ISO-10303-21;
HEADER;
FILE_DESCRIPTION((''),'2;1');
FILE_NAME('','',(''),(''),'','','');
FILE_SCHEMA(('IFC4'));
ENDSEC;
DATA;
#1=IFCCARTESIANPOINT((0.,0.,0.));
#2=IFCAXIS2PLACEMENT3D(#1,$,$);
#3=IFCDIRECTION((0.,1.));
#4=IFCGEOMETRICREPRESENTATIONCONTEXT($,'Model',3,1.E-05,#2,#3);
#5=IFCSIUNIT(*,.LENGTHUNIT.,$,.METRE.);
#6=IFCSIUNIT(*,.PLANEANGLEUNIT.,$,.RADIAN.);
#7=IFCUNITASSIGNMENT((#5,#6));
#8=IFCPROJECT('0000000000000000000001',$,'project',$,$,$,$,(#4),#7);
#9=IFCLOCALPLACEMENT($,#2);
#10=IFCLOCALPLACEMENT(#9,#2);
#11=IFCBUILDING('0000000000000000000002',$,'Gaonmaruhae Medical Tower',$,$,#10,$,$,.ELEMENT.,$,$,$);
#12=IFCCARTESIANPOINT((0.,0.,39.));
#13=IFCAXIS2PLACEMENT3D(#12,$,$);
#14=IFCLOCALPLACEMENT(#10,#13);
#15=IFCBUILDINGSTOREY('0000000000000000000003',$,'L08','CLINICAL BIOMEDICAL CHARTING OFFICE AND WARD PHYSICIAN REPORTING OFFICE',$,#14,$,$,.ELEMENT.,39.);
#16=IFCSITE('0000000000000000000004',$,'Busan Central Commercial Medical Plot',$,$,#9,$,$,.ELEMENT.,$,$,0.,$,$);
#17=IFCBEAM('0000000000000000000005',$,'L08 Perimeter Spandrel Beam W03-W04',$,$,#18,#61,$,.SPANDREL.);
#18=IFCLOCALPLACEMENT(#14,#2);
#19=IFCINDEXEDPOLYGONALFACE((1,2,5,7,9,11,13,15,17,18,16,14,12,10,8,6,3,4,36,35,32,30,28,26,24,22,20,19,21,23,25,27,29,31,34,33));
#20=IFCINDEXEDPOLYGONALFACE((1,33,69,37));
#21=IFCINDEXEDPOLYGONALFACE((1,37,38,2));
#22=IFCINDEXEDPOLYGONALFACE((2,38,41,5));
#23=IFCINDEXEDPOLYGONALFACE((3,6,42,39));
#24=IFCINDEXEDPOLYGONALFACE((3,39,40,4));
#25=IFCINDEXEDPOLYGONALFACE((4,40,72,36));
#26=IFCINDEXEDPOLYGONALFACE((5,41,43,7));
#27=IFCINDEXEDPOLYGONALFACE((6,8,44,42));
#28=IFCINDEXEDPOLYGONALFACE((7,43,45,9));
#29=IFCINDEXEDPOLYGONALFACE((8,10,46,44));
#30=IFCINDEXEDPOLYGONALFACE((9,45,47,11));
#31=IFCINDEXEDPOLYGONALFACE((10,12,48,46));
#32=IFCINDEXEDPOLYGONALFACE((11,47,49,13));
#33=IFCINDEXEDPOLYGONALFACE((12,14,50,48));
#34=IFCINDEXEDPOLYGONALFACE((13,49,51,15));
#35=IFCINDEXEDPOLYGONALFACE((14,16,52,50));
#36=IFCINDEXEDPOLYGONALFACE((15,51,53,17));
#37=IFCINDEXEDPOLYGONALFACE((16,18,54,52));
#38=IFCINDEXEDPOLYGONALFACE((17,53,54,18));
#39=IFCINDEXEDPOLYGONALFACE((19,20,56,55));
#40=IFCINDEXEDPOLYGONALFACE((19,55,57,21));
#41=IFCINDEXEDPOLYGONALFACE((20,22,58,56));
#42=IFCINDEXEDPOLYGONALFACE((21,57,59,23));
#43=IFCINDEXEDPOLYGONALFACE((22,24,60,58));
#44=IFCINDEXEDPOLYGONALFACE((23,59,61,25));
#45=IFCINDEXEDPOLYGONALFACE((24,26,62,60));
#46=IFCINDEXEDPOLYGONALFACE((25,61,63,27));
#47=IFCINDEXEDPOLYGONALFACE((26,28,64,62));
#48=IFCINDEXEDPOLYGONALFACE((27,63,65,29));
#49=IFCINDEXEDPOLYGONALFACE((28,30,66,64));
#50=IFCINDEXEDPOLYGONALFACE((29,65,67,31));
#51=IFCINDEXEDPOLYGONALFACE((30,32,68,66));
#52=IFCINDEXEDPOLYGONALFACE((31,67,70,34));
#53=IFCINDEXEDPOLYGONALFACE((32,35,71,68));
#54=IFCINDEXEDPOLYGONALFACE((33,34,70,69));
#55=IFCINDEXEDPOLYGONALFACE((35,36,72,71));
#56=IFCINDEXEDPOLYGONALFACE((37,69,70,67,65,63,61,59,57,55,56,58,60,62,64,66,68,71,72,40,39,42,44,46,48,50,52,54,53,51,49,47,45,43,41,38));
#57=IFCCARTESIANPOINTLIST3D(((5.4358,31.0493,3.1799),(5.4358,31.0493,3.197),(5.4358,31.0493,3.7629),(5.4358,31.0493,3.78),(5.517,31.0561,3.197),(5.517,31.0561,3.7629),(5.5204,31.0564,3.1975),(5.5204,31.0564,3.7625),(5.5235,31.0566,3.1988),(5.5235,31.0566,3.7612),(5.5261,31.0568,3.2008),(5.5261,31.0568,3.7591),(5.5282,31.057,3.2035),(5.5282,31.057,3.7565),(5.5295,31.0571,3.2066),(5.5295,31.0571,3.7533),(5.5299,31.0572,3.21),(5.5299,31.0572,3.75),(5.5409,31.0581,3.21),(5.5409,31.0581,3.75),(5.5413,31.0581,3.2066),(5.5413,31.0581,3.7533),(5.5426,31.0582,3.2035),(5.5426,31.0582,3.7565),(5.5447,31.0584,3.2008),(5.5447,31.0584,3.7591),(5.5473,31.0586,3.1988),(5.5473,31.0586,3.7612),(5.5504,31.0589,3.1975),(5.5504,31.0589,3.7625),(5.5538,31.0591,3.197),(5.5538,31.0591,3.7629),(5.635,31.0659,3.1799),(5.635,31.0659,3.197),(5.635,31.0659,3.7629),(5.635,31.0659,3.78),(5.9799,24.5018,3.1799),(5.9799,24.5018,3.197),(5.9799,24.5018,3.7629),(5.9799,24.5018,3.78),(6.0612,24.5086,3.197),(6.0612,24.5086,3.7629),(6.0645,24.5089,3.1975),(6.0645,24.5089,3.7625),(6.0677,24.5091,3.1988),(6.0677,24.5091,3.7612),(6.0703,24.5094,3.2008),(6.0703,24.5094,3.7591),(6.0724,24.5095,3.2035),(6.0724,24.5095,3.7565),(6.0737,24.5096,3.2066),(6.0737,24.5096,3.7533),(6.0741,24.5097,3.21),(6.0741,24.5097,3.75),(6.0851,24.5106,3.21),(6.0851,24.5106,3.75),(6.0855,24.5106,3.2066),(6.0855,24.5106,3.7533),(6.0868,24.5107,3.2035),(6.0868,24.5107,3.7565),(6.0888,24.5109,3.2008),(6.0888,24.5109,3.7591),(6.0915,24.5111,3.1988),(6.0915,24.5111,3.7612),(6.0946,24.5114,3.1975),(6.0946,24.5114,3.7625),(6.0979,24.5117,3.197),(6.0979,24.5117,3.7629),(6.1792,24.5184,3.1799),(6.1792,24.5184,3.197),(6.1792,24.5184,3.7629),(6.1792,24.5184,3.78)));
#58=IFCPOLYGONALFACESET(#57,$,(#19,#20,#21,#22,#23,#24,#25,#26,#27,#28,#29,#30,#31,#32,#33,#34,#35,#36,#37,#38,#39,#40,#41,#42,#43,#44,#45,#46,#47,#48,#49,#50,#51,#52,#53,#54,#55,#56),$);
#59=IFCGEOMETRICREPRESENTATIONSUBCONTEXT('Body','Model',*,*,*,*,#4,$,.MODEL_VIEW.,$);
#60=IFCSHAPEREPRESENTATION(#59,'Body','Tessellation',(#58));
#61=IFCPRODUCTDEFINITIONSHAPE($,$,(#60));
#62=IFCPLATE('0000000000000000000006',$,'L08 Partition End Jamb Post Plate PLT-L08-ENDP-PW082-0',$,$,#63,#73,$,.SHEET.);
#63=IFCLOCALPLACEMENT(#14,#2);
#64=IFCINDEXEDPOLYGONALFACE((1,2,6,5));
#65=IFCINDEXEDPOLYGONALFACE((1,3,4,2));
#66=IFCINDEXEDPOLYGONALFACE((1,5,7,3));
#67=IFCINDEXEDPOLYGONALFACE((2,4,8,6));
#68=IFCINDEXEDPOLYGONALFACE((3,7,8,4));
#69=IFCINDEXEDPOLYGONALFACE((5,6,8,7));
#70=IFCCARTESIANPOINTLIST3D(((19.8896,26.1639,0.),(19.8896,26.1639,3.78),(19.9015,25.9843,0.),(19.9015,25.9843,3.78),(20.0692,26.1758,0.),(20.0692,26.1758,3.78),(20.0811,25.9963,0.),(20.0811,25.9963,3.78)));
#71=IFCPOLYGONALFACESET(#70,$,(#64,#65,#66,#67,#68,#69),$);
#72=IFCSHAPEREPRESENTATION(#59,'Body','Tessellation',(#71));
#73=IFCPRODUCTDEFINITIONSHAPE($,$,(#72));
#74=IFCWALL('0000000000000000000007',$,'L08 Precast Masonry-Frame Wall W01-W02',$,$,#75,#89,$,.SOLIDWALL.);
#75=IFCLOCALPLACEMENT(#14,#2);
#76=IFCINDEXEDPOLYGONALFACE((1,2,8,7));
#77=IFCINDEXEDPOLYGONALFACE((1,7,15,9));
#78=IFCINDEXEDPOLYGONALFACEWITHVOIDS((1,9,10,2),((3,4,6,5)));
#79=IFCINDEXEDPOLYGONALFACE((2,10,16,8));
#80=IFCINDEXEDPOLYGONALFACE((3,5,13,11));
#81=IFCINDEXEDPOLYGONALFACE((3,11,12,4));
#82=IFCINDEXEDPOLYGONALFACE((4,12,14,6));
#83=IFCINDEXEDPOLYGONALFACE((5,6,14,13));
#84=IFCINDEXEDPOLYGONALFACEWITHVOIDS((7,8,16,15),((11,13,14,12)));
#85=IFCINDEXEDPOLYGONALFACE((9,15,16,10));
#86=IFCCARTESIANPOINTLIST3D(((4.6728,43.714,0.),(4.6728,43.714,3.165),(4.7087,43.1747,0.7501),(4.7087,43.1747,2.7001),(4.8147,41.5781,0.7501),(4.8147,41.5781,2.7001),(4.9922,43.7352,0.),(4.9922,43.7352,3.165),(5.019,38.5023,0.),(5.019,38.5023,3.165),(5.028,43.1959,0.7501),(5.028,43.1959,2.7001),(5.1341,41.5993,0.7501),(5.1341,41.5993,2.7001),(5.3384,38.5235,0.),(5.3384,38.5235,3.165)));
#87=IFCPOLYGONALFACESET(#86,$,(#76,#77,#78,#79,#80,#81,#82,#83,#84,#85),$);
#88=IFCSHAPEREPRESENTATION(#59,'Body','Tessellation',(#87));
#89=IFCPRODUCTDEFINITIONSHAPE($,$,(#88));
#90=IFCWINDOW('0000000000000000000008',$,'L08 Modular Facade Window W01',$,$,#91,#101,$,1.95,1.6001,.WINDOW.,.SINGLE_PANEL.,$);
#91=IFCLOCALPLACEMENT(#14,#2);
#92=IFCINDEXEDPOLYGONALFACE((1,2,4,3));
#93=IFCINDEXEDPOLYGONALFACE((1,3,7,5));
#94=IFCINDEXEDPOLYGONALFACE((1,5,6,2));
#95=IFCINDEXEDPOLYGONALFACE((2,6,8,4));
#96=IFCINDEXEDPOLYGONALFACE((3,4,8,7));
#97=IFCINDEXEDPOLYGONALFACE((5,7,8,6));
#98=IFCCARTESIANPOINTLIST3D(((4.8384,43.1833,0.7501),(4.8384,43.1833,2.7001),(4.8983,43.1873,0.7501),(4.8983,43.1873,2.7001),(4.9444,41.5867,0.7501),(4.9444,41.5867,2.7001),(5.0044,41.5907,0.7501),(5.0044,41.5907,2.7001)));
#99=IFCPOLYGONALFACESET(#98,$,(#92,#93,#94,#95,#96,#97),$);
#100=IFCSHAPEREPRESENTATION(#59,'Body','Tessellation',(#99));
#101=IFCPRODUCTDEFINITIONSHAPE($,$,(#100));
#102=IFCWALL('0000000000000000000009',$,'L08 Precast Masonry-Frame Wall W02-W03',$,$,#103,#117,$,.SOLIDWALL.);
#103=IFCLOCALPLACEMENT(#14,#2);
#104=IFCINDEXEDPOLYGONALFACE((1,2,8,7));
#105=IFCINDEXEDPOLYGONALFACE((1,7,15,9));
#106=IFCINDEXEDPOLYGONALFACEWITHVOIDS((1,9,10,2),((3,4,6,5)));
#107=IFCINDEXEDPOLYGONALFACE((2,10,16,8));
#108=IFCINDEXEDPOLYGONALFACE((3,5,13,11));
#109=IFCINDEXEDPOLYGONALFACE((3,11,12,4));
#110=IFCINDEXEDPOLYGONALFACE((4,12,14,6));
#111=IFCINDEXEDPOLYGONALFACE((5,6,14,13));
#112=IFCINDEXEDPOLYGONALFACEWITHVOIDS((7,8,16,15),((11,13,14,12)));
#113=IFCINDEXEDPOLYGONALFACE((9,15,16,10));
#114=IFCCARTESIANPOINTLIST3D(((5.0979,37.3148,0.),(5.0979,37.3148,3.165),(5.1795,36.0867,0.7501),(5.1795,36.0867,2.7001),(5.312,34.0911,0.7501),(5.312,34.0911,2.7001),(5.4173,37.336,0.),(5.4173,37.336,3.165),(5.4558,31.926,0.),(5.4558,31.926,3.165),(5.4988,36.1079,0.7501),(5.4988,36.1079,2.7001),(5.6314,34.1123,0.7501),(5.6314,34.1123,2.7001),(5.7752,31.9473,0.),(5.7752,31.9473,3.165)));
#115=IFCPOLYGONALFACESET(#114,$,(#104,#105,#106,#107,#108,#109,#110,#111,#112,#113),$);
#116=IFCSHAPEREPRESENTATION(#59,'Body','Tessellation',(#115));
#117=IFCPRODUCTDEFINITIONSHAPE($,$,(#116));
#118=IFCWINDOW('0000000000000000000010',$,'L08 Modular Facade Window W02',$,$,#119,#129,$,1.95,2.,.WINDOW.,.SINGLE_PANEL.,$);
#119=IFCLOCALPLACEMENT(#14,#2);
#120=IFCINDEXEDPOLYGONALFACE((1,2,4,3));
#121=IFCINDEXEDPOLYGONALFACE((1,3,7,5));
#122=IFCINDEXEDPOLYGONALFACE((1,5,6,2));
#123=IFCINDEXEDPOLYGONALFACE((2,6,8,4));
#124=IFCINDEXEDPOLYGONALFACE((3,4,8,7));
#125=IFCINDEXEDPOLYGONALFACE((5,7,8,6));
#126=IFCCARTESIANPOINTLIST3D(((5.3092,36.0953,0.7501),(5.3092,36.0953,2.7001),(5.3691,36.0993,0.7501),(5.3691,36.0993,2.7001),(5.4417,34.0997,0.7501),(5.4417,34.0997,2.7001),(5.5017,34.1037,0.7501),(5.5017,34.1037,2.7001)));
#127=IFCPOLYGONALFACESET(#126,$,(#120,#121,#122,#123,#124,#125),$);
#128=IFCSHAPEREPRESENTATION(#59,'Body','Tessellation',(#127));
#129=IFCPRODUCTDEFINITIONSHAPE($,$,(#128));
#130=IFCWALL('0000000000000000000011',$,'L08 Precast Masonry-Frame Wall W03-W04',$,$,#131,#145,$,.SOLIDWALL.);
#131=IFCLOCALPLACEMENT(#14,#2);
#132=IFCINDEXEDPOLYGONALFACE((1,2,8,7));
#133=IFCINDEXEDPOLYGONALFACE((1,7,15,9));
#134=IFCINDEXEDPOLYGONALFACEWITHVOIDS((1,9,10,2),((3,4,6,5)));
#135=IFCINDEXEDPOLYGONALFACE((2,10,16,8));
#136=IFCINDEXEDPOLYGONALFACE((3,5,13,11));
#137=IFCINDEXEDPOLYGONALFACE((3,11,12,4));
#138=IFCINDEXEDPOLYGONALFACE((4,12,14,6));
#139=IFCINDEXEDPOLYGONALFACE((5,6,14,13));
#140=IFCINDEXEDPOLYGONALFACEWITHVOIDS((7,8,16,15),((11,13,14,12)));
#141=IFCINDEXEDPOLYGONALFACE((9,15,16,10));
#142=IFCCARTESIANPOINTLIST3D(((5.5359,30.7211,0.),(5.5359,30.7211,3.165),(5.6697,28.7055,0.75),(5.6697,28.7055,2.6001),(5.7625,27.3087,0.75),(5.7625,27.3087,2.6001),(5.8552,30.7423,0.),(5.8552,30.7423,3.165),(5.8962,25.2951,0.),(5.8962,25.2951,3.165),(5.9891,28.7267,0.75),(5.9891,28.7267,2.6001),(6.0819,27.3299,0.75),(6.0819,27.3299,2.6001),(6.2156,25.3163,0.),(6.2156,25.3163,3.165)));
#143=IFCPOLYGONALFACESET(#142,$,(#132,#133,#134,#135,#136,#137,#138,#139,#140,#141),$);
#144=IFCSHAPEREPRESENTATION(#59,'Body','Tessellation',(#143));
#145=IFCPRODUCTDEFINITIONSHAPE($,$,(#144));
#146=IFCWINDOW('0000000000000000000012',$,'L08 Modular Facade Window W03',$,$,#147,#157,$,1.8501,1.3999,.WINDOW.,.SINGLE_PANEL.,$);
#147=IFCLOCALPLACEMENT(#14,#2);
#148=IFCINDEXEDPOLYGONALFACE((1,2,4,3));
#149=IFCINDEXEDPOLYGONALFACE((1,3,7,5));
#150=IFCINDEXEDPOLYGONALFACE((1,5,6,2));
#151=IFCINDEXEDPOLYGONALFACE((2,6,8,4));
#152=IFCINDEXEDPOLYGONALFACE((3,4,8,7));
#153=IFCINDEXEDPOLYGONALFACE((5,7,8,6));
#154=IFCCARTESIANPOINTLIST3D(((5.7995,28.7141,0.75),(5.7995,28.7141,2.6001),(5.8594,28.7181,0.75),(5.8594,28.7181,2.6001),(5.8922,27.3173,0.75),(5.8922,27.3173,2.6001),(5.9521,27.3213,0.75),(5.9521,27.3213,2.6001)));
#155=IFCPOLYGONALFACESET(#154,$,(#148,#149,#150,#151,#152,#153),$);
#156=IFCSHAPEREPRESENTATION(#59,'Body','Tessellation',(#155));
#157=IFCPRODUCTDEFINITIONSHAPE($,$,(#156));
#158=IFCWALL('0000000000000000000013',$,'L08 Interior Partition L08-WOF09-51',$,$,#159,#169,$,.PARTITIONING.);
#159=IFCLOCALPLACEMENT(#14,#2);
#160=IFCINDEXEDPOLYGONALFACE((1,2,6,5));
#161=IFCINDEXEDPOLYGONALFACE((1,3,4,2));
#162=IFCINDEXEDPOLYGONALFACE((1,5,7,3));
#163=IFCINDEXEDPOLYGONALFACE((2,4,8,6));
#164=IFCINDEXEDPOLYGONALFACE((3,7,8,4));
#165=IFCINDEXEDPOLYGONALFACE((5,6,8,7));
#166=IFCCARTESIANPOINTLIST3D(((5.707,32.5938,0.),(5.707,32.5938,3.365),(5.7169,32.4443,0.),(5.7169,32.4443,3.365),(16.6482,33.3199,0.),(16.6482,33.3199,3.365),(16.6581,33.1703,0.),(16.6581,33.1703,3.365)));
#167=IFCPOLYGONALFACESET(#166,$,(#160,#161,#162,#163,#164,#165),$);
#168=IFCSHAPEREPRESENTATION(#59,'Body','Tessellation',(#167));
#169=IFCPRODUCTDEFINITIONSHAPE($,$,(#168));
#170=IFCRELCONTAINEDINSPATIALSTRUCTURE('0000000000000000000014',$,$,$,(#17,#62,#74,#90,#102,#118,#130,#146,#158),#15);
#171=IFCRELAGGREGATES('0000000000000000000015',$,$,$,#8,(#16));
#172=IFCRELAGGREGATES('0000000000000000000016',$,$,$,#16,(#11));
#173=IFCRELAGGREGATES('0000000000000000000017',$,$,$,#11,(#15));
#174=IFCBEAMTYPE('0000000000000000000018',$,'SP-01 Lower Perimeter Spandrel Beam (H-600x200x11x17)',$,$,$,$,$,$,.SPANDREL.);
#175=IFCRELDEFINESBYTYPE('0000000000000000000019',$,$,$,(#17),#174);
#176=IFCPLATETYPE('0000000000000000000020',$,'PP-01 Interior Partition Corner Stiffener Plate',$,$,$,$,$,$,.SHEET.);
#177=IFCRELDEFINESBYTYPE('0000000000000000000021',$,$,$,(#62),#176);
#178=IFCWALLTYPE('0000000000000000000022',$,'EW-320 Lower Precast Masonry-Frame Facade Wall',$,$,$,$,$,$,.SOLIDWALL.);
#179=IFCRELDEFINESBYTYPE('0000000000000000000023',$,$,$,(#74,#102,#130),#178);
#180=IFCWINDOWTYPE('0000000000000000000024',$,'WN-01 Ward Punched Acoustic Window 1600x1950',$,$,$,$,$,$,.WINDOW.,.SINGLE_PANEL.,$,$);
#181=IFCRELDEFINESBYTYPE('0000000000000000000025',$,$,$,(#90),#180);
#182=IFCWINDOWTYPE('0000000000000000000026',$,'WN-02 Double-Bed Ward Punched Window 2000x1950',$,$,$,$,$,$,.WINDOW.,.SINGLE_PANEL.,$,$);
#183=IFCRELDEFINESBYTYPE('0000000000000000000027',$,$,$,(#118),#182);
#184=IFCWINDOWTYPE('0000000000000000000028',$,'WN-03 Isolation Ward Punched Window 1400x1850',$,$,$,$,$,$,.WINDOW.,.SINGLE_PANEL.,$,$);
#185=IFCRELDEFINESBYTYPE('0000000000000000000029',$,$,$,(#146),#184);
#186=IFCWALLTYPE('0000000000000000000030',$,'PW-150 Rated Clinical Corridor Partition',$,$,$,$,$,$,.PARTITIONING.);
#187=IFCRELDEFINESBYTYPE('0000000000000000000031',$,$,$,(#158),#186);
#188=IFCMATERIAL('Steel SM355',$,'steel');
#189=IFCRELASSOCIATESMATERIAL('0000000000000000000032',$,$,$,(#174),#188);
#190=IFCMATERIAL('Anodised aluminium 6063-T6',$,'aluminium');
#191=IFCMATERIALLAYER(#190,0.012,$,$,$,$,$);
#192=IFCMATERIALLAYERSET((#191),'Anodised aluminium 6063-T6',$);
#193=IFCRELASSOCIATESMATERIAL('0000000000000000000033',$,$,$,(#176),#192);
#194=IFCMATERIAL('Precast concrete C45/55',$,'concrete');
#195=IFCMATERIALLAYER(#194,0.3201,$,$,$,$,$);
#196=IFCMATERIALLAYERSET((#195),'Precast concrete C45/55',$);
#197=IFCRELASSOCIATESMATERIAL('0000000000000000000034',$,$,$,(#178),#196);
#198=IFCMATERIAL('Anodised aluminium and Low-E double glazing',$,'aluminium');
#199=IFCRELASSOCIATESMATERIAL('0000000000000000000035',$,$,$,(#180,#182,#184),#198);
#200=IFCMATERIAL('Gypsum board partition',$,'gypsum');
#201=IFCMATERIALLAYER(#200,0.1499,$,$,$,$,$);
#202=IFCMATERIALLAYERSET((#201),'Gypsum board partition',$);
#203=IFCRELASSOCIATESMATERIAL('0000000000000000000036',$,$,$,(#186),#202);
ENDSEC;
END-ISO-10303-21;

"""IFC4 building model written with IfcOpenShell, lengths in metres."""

from ifc_helpers import new_model, si_unit, direction, frame, frame_2d, origin, origin_2d, place, context, subcontext, project, spatial, rectangle, i_section, extrude, material, layer, layer_set, material_profile, profile_set, type_object, element, fill, save


model = new_model("IFC4")

# Units and contexts
model_context = context("Model", 3, precision=1e-05, world=origin(), true_north=direction((0.0, 1.0)))
body_context = subcontext(model_context, "Body", "Model", "MODEL_VIEW")
ifc_project = project(units=[si_unit("LENGTHUNIT", "METRE"), si_unit("PLANEANGLEUNIT", "RADIAN")], contexts=[model_context])

# Site, building, storey
site_placement = place(None, origin())
site = spatial("IfcSite", under=ifc_project, at=site_placement, Name="Busan Central Commercial Medical Plot", CompositionType="ELEMENT", RefElevation=0.0)
building_placement = place(site_placement, origin())
building = spatial("IfcBuilding", under=site, at=building_placement, Name="Gaonmaruhae Medical Tower", CompositionType="ELEMENT")
storey_placement = place(building_placement, frame((0.0, 0.0, 39.0)))
storey = spatial("IfcBuildingStorey", under=building, at=storey_placement, Name="L08", Description="CLINICAL BIOMEDICAL CHARTING OFFICE AND WARD PHYSICIAN REPORTING OFFICE", CompositionType="ELEMENT", Elevation=39.0)

# Beam
ifc_material_1 = material(Name="Steel SM355", Category="steel")
ifc_material_profile_1 = material_profile(ifc_material_1, i_section(OverallWidth=0.2, OverallDepth=0.6001, WebThickness=0.011, FlangeThickness=0.0171, FilletRadius=0.0129, at=origin_2d()), Name="H-600x200x11x17")
ifc_profile_set_1 = profile_set([ifc_material_profile_1], Name="Steel SM355")
beam_type_1 = type_object("IfcBeamType", Name="SP-01 Lower Perimeter Spandrel Beam (H-600x200x11x17)", PredefinedType="SPANDREL", material=ifc_profile_set_1)
beam_1_placement = place(storey_placement, frame((5.5354, 31.0576, 3.48), z_axis=(0.082827, -0.996564, 0.0), x_axis=(0.996564, 0.082827, 0.0)))
element("IfcBeam", 1, at=beam_1_placement, inside=storey, type_object=beam_type_1, Name="L08 Perimeter Spandrel Beam W03-W04", PredefinedType="SPANDREL", context=body_context, shape_type="SweptSolid", body=[
    extrude(i_section(OverallWidth=0.2, OverallDepth=0.6001, WebThickness=0.011, FlangeThickness=0.0171, FilletRadius=0.0129, at=origin_2d()), origin(), (0.0, 0.0, 1.0), 6.5701),
])

# Plate
ifc_material_2 = material(Name="Anodised aluminium 6063-T6", Category="aluminium")
ifc_layer_1 = layer(ifc_material_2, 0.012)
ifc_layer_set_1 = layer_set([ifc_layer_1], Name="Anodised aluminium 6063-T6")
plate_type = type_object("IfcPlateType", Name="PP-01 Interior Partition Corner Stiffener Plate", PredefinedType="SHEET", material=ifc_layer_set_1)
plate_placement = place(storey_placement, frame((19.9854, 26.0801, 0.0), z_axis=(0.0, 0.0, 1.0), x_axis=(-0.066256, 0.997803, 0.0)))
element("IfcPlate", 2, at=plate_placement, inside=storey, type_object=plate_type, Name="L08 Partition End Jamb Post Plate PLT-L08-ENDP-PW082-0", PredefinedType="SHEET", context=body_context, shape_type="SweptSolid", body=[
    extrude(rectangle(XDim=0.1799, YDim=0.1799, at=origin_2d()), origin(), (0.0, 0.0, 1.0), 3.78),
])

# Walls, openings, windows
ifc_material_3 = material(Name="Precast concrete C45/55", Category="concrete")
ifc_layer_2 = layer(ifc_material_3, 0.3201)
ifc_layer_set_2 = layer_set([ifc_layer_2], Name="Precast concrete C45/55")
wall_type_1 = type_object("IfcWallType", Name="EW-320 Lower Precast Masonry-Frame Facade Wall", PredefinedType="SOLIDWALL", material=ifc_layer_set_2)
wall_1_placement = place(storey_placement, frame((5.1787, 38.5129, 0.0), z_axis=(0.0, 0.0, 1.0), x_axis=(-0.06628, 0.997801, 0.0)))
wall_1 = element("IfcWall", 3, at=wall_1_placement, inside=storey, type_object=wall_type_1, Name="L08 Precast Masonry-Frame Wall W01-W02", PredefinedType="SOLIDWALL", context=body_context, shape_type="SweptSolid", body=[
    extrude(rectangle(XDim=5.2231, YDim=0.3201, at=frame_2d((2.6116, 0.0))), origin(), (0.0, 0.0, 1.0), 3.165),
])
opening_1_placement = place(wall_1_placement, frame((3.0825, 0.0, 0.75)))
opening_1 = element("IfcOpeningElement", 4, at=opening_1_placement, cuts=wall_1, PredefinedType="OPENING", context=body_context, shape_type="SweptSolid", body=[
    extrude(rectangle(XDim=1.6001, YDim=1.95, at=frame_2d((0.8, 0.9751))), frame((0.0, 0.1699, 0.0), z_axis=(0.0, -1.0, 0.0), x_axis=(1.0, 0.0, 0.0)), (0.0, 0.0, 1.0), 0.3401),
])
ifc_material_4 = material(Name="Anodised aluminium and Low-E double glazing", Category="aluminium")
window_type_1 = type_object("IfcWindowType", Name="WN-01 Ward Punched Acoustic Window 1600x1950", PartitioningType="SINGLE_PANEL", PredefinedType="WINDOW", material=ifc_material_4)
window_1_placement = place(opening_1_placement, origin())
window_1 = element("IfcWindow", 5, at=window_1_placement, inside=storey, type_object=window_type_1, Name="L08 Modular Facade Window W01", OverallHeight=1.95, OverallWidth=1.6001, PartitioningType="SINGLE_PANEL", PredefinedType="WINDOW", context=body_context, shape_type="SweptSolid", body=[
    extrude(rectangle(XDim=1.6001, YDim=1.95, at=frame_2d((0.8, 0.9751))), frame((0.0, 0.03, 0.0), z_axis=(0.0, -1.0, 0.0), x_axis=(1.0, 0.0, 0.0)), (0.0, 0.0, 1.0), 0.0601),
])
fill(opening_1, window_1)
wall_2_placement = place(storey_placement, frame((5.6155, 31.9368, 0.0), z_axis=(0.0, 0.0, 1.0), x_axis=(-0.066273, 0.997802, 0.0)))
wall_2 = element("IfcWall", 6, at=wall_2_placement, inside=storey, type_object=wall_type_1, Name="L08 Precast Masonry-Frame Wall W02-W03", PredefinedType="SOLIDWALL", context=body_context, shape_type="SweptSolid", body=[
    extrude(rectangle(XDim=5.4006, YDim=0.3201, at=frame_2d((2.7002, 0.0))), origin(), (0.0, 0.0, 1.0), 3.165),
])
opening_2_placement = place(wall_2_placement, frame((2.1697, 0.0, 0.75)))
opening_2 = element("IfcOpeningElement", 7, at=opening_2_placement, cuts=wall_2, PredefinedType="OPENING", context=body_context, shape_type="SweptSolid", body=[
    extrude(rectangle(XDim=2.0, YDim=1.95, at=frame_2d((1.0, 0.9751))), frame((0.0, 0.1699, 0.0), z_axis=(0.0, -1.0, 0.0), x_axis=(1.0, 0.0, 0.0)), (0.0, 0.0, 1.0), 0.3401),
])
window_type_2 = type_object("IfcWindowType", Name="WN-02 Double-Bed Ward Punched Window 2000x1950", PartitioningType="SINGLE_PANEL", PredefinedType="WINDOW", material=ifc_material_4)
window_2_placement = place(opening_2_placement, origin())
window_2 = element("IfcWindow", 8, at=window_2_placement, inside=storey, type_object=window_type_2, Name="L08 Modular Facade Window W02", OverallHeight=1.95, OverallWidth=2.0, PartitioningType="SINGLE_PANEL", PredefinedType="WINDOW", context=body_context, shape_type="SweptSolid", body=[
    extrude(rectangle(XDim=2.0, YDim=1.95, at=frame_2d((1.0, 0.9751))), frame((0.0, 0.03, 0.0), z_axis=(0.0, -1.0, 0.0), x_axis=(1.0, 0.0, 0.0)), (0.0, 0.0, 1.0), 0.0601),
])
fill(opening_2, window_2)
wall_3_placement = place(storey_placement, frame((6.0559, 25.3057, 0.0), z_axis=(0.0, 0.0, 1.0), x_axis=(-0.066266, 0.997802, 0.0)))
wall_3 = element("IfcWall", 9, at=wall_3_placement, inside=storey, type_object=wall_type_1, Name="L08 Precast Masonry-Frame Wall W03-W04", PredefinedType="SOLIDWALL", context=body_context, shape_type="SweptSolid", body=[
    extrude(rectangle(XDim=5.438, YDim=0.3201, at=frame_2d((2.719, 0.0))), origin(), (0.0, 0.0, 1.0), 3.165),
])
opening_3_placement = place(wall_3_placement, frame((2.0181, 0.0, 0.75)))
opening_3 = element("IfcOpeningElement", 10, at=opening_3_placement, cuts=wall_3, PredefinedType="OPENING", context=body_context, shape_type="SweptSolid", body=[
    extrude(rectangle(XDim=1.3999, YDim=1.8501, at=frame_2d((0.7, 0.925))), frame((0.0, 0.1699, 0.0), z_axis=(0.0, -1.0, 0.0), x_axis=(1.0, 0.0, 0.0)), (0.0, 0.0, 1.0), 0.3401),
])
window_type_3 = type_object("IfcWindowType", Name="WN-03 Isolation Ward Punched Window 1400x1850", PartitioningType="SINGLE_PANEL", PredefinedType="WINDOW", material=ifc_material_4)
window_3_placement = place(opening_3_placement, origin())
window_3 = element("IfcWindow", 11, at=window_3_placement, inside=storey, type_object=window_type_3, Name="L08 Modular Facade Window W03", OverallHeight=1.8501, OverallWidth=1.3999, PartitioningType="SINGLE_PANEL", PredefinedType="WINDOW", context=body_context, shape_type="SweptSolid", body=[
    extrude(rectangle(XDim=1.3999, YDim=1.8501, at=frame_2d((0.7, 0.925))), frame((0.0, 0.03, 0.0), z_axis=(0.0, -1.0, 0.0), x_axis=(1.0, 0.0, 0.0)), (0.0, 0.0, 1.0), 0.0601),
])
fill(opening_3, window_3)

# Wall
ifc_material_5 = material(Name="Gypsum board partition", Category="gypsum")
ifc_layer_3 = layer(ifc_material_5, 0.1499)
ifc_layer_set_3 = layer_set([ifc_layer_3], Name="Gypsum board partition")
wall_type_2 = type_object("IfcWallType", Name="PW-150 Rated Clinical Corridor Partition", PredefinedType="PARTITIONING", material=ifc_layer_set_3)
wall_4_placement = place(storey_placement, frame((5.7119, 32.519, 0.0), z_axis=(0.0, 0.0, 1.0), x_axis=(0.997805, 0.066216, 0.0)))
element("IfcWall", 12, at=wall_4_placement, inside=storey, type_object=wall_type_2, Name="L08 Interior Partition L08-WOF09-51", PredefinedType="PARTITIONING", context=body_context, shape_type="SweptSolid", body=[
    extrude(rectangle(XDim=10.9653, YDim=0.1499, at=frame_2d((5.4827, 0.0))), origin(), (0.0, 0.0, 1.0), 3.365),
])

save(model, "model.ifc")
